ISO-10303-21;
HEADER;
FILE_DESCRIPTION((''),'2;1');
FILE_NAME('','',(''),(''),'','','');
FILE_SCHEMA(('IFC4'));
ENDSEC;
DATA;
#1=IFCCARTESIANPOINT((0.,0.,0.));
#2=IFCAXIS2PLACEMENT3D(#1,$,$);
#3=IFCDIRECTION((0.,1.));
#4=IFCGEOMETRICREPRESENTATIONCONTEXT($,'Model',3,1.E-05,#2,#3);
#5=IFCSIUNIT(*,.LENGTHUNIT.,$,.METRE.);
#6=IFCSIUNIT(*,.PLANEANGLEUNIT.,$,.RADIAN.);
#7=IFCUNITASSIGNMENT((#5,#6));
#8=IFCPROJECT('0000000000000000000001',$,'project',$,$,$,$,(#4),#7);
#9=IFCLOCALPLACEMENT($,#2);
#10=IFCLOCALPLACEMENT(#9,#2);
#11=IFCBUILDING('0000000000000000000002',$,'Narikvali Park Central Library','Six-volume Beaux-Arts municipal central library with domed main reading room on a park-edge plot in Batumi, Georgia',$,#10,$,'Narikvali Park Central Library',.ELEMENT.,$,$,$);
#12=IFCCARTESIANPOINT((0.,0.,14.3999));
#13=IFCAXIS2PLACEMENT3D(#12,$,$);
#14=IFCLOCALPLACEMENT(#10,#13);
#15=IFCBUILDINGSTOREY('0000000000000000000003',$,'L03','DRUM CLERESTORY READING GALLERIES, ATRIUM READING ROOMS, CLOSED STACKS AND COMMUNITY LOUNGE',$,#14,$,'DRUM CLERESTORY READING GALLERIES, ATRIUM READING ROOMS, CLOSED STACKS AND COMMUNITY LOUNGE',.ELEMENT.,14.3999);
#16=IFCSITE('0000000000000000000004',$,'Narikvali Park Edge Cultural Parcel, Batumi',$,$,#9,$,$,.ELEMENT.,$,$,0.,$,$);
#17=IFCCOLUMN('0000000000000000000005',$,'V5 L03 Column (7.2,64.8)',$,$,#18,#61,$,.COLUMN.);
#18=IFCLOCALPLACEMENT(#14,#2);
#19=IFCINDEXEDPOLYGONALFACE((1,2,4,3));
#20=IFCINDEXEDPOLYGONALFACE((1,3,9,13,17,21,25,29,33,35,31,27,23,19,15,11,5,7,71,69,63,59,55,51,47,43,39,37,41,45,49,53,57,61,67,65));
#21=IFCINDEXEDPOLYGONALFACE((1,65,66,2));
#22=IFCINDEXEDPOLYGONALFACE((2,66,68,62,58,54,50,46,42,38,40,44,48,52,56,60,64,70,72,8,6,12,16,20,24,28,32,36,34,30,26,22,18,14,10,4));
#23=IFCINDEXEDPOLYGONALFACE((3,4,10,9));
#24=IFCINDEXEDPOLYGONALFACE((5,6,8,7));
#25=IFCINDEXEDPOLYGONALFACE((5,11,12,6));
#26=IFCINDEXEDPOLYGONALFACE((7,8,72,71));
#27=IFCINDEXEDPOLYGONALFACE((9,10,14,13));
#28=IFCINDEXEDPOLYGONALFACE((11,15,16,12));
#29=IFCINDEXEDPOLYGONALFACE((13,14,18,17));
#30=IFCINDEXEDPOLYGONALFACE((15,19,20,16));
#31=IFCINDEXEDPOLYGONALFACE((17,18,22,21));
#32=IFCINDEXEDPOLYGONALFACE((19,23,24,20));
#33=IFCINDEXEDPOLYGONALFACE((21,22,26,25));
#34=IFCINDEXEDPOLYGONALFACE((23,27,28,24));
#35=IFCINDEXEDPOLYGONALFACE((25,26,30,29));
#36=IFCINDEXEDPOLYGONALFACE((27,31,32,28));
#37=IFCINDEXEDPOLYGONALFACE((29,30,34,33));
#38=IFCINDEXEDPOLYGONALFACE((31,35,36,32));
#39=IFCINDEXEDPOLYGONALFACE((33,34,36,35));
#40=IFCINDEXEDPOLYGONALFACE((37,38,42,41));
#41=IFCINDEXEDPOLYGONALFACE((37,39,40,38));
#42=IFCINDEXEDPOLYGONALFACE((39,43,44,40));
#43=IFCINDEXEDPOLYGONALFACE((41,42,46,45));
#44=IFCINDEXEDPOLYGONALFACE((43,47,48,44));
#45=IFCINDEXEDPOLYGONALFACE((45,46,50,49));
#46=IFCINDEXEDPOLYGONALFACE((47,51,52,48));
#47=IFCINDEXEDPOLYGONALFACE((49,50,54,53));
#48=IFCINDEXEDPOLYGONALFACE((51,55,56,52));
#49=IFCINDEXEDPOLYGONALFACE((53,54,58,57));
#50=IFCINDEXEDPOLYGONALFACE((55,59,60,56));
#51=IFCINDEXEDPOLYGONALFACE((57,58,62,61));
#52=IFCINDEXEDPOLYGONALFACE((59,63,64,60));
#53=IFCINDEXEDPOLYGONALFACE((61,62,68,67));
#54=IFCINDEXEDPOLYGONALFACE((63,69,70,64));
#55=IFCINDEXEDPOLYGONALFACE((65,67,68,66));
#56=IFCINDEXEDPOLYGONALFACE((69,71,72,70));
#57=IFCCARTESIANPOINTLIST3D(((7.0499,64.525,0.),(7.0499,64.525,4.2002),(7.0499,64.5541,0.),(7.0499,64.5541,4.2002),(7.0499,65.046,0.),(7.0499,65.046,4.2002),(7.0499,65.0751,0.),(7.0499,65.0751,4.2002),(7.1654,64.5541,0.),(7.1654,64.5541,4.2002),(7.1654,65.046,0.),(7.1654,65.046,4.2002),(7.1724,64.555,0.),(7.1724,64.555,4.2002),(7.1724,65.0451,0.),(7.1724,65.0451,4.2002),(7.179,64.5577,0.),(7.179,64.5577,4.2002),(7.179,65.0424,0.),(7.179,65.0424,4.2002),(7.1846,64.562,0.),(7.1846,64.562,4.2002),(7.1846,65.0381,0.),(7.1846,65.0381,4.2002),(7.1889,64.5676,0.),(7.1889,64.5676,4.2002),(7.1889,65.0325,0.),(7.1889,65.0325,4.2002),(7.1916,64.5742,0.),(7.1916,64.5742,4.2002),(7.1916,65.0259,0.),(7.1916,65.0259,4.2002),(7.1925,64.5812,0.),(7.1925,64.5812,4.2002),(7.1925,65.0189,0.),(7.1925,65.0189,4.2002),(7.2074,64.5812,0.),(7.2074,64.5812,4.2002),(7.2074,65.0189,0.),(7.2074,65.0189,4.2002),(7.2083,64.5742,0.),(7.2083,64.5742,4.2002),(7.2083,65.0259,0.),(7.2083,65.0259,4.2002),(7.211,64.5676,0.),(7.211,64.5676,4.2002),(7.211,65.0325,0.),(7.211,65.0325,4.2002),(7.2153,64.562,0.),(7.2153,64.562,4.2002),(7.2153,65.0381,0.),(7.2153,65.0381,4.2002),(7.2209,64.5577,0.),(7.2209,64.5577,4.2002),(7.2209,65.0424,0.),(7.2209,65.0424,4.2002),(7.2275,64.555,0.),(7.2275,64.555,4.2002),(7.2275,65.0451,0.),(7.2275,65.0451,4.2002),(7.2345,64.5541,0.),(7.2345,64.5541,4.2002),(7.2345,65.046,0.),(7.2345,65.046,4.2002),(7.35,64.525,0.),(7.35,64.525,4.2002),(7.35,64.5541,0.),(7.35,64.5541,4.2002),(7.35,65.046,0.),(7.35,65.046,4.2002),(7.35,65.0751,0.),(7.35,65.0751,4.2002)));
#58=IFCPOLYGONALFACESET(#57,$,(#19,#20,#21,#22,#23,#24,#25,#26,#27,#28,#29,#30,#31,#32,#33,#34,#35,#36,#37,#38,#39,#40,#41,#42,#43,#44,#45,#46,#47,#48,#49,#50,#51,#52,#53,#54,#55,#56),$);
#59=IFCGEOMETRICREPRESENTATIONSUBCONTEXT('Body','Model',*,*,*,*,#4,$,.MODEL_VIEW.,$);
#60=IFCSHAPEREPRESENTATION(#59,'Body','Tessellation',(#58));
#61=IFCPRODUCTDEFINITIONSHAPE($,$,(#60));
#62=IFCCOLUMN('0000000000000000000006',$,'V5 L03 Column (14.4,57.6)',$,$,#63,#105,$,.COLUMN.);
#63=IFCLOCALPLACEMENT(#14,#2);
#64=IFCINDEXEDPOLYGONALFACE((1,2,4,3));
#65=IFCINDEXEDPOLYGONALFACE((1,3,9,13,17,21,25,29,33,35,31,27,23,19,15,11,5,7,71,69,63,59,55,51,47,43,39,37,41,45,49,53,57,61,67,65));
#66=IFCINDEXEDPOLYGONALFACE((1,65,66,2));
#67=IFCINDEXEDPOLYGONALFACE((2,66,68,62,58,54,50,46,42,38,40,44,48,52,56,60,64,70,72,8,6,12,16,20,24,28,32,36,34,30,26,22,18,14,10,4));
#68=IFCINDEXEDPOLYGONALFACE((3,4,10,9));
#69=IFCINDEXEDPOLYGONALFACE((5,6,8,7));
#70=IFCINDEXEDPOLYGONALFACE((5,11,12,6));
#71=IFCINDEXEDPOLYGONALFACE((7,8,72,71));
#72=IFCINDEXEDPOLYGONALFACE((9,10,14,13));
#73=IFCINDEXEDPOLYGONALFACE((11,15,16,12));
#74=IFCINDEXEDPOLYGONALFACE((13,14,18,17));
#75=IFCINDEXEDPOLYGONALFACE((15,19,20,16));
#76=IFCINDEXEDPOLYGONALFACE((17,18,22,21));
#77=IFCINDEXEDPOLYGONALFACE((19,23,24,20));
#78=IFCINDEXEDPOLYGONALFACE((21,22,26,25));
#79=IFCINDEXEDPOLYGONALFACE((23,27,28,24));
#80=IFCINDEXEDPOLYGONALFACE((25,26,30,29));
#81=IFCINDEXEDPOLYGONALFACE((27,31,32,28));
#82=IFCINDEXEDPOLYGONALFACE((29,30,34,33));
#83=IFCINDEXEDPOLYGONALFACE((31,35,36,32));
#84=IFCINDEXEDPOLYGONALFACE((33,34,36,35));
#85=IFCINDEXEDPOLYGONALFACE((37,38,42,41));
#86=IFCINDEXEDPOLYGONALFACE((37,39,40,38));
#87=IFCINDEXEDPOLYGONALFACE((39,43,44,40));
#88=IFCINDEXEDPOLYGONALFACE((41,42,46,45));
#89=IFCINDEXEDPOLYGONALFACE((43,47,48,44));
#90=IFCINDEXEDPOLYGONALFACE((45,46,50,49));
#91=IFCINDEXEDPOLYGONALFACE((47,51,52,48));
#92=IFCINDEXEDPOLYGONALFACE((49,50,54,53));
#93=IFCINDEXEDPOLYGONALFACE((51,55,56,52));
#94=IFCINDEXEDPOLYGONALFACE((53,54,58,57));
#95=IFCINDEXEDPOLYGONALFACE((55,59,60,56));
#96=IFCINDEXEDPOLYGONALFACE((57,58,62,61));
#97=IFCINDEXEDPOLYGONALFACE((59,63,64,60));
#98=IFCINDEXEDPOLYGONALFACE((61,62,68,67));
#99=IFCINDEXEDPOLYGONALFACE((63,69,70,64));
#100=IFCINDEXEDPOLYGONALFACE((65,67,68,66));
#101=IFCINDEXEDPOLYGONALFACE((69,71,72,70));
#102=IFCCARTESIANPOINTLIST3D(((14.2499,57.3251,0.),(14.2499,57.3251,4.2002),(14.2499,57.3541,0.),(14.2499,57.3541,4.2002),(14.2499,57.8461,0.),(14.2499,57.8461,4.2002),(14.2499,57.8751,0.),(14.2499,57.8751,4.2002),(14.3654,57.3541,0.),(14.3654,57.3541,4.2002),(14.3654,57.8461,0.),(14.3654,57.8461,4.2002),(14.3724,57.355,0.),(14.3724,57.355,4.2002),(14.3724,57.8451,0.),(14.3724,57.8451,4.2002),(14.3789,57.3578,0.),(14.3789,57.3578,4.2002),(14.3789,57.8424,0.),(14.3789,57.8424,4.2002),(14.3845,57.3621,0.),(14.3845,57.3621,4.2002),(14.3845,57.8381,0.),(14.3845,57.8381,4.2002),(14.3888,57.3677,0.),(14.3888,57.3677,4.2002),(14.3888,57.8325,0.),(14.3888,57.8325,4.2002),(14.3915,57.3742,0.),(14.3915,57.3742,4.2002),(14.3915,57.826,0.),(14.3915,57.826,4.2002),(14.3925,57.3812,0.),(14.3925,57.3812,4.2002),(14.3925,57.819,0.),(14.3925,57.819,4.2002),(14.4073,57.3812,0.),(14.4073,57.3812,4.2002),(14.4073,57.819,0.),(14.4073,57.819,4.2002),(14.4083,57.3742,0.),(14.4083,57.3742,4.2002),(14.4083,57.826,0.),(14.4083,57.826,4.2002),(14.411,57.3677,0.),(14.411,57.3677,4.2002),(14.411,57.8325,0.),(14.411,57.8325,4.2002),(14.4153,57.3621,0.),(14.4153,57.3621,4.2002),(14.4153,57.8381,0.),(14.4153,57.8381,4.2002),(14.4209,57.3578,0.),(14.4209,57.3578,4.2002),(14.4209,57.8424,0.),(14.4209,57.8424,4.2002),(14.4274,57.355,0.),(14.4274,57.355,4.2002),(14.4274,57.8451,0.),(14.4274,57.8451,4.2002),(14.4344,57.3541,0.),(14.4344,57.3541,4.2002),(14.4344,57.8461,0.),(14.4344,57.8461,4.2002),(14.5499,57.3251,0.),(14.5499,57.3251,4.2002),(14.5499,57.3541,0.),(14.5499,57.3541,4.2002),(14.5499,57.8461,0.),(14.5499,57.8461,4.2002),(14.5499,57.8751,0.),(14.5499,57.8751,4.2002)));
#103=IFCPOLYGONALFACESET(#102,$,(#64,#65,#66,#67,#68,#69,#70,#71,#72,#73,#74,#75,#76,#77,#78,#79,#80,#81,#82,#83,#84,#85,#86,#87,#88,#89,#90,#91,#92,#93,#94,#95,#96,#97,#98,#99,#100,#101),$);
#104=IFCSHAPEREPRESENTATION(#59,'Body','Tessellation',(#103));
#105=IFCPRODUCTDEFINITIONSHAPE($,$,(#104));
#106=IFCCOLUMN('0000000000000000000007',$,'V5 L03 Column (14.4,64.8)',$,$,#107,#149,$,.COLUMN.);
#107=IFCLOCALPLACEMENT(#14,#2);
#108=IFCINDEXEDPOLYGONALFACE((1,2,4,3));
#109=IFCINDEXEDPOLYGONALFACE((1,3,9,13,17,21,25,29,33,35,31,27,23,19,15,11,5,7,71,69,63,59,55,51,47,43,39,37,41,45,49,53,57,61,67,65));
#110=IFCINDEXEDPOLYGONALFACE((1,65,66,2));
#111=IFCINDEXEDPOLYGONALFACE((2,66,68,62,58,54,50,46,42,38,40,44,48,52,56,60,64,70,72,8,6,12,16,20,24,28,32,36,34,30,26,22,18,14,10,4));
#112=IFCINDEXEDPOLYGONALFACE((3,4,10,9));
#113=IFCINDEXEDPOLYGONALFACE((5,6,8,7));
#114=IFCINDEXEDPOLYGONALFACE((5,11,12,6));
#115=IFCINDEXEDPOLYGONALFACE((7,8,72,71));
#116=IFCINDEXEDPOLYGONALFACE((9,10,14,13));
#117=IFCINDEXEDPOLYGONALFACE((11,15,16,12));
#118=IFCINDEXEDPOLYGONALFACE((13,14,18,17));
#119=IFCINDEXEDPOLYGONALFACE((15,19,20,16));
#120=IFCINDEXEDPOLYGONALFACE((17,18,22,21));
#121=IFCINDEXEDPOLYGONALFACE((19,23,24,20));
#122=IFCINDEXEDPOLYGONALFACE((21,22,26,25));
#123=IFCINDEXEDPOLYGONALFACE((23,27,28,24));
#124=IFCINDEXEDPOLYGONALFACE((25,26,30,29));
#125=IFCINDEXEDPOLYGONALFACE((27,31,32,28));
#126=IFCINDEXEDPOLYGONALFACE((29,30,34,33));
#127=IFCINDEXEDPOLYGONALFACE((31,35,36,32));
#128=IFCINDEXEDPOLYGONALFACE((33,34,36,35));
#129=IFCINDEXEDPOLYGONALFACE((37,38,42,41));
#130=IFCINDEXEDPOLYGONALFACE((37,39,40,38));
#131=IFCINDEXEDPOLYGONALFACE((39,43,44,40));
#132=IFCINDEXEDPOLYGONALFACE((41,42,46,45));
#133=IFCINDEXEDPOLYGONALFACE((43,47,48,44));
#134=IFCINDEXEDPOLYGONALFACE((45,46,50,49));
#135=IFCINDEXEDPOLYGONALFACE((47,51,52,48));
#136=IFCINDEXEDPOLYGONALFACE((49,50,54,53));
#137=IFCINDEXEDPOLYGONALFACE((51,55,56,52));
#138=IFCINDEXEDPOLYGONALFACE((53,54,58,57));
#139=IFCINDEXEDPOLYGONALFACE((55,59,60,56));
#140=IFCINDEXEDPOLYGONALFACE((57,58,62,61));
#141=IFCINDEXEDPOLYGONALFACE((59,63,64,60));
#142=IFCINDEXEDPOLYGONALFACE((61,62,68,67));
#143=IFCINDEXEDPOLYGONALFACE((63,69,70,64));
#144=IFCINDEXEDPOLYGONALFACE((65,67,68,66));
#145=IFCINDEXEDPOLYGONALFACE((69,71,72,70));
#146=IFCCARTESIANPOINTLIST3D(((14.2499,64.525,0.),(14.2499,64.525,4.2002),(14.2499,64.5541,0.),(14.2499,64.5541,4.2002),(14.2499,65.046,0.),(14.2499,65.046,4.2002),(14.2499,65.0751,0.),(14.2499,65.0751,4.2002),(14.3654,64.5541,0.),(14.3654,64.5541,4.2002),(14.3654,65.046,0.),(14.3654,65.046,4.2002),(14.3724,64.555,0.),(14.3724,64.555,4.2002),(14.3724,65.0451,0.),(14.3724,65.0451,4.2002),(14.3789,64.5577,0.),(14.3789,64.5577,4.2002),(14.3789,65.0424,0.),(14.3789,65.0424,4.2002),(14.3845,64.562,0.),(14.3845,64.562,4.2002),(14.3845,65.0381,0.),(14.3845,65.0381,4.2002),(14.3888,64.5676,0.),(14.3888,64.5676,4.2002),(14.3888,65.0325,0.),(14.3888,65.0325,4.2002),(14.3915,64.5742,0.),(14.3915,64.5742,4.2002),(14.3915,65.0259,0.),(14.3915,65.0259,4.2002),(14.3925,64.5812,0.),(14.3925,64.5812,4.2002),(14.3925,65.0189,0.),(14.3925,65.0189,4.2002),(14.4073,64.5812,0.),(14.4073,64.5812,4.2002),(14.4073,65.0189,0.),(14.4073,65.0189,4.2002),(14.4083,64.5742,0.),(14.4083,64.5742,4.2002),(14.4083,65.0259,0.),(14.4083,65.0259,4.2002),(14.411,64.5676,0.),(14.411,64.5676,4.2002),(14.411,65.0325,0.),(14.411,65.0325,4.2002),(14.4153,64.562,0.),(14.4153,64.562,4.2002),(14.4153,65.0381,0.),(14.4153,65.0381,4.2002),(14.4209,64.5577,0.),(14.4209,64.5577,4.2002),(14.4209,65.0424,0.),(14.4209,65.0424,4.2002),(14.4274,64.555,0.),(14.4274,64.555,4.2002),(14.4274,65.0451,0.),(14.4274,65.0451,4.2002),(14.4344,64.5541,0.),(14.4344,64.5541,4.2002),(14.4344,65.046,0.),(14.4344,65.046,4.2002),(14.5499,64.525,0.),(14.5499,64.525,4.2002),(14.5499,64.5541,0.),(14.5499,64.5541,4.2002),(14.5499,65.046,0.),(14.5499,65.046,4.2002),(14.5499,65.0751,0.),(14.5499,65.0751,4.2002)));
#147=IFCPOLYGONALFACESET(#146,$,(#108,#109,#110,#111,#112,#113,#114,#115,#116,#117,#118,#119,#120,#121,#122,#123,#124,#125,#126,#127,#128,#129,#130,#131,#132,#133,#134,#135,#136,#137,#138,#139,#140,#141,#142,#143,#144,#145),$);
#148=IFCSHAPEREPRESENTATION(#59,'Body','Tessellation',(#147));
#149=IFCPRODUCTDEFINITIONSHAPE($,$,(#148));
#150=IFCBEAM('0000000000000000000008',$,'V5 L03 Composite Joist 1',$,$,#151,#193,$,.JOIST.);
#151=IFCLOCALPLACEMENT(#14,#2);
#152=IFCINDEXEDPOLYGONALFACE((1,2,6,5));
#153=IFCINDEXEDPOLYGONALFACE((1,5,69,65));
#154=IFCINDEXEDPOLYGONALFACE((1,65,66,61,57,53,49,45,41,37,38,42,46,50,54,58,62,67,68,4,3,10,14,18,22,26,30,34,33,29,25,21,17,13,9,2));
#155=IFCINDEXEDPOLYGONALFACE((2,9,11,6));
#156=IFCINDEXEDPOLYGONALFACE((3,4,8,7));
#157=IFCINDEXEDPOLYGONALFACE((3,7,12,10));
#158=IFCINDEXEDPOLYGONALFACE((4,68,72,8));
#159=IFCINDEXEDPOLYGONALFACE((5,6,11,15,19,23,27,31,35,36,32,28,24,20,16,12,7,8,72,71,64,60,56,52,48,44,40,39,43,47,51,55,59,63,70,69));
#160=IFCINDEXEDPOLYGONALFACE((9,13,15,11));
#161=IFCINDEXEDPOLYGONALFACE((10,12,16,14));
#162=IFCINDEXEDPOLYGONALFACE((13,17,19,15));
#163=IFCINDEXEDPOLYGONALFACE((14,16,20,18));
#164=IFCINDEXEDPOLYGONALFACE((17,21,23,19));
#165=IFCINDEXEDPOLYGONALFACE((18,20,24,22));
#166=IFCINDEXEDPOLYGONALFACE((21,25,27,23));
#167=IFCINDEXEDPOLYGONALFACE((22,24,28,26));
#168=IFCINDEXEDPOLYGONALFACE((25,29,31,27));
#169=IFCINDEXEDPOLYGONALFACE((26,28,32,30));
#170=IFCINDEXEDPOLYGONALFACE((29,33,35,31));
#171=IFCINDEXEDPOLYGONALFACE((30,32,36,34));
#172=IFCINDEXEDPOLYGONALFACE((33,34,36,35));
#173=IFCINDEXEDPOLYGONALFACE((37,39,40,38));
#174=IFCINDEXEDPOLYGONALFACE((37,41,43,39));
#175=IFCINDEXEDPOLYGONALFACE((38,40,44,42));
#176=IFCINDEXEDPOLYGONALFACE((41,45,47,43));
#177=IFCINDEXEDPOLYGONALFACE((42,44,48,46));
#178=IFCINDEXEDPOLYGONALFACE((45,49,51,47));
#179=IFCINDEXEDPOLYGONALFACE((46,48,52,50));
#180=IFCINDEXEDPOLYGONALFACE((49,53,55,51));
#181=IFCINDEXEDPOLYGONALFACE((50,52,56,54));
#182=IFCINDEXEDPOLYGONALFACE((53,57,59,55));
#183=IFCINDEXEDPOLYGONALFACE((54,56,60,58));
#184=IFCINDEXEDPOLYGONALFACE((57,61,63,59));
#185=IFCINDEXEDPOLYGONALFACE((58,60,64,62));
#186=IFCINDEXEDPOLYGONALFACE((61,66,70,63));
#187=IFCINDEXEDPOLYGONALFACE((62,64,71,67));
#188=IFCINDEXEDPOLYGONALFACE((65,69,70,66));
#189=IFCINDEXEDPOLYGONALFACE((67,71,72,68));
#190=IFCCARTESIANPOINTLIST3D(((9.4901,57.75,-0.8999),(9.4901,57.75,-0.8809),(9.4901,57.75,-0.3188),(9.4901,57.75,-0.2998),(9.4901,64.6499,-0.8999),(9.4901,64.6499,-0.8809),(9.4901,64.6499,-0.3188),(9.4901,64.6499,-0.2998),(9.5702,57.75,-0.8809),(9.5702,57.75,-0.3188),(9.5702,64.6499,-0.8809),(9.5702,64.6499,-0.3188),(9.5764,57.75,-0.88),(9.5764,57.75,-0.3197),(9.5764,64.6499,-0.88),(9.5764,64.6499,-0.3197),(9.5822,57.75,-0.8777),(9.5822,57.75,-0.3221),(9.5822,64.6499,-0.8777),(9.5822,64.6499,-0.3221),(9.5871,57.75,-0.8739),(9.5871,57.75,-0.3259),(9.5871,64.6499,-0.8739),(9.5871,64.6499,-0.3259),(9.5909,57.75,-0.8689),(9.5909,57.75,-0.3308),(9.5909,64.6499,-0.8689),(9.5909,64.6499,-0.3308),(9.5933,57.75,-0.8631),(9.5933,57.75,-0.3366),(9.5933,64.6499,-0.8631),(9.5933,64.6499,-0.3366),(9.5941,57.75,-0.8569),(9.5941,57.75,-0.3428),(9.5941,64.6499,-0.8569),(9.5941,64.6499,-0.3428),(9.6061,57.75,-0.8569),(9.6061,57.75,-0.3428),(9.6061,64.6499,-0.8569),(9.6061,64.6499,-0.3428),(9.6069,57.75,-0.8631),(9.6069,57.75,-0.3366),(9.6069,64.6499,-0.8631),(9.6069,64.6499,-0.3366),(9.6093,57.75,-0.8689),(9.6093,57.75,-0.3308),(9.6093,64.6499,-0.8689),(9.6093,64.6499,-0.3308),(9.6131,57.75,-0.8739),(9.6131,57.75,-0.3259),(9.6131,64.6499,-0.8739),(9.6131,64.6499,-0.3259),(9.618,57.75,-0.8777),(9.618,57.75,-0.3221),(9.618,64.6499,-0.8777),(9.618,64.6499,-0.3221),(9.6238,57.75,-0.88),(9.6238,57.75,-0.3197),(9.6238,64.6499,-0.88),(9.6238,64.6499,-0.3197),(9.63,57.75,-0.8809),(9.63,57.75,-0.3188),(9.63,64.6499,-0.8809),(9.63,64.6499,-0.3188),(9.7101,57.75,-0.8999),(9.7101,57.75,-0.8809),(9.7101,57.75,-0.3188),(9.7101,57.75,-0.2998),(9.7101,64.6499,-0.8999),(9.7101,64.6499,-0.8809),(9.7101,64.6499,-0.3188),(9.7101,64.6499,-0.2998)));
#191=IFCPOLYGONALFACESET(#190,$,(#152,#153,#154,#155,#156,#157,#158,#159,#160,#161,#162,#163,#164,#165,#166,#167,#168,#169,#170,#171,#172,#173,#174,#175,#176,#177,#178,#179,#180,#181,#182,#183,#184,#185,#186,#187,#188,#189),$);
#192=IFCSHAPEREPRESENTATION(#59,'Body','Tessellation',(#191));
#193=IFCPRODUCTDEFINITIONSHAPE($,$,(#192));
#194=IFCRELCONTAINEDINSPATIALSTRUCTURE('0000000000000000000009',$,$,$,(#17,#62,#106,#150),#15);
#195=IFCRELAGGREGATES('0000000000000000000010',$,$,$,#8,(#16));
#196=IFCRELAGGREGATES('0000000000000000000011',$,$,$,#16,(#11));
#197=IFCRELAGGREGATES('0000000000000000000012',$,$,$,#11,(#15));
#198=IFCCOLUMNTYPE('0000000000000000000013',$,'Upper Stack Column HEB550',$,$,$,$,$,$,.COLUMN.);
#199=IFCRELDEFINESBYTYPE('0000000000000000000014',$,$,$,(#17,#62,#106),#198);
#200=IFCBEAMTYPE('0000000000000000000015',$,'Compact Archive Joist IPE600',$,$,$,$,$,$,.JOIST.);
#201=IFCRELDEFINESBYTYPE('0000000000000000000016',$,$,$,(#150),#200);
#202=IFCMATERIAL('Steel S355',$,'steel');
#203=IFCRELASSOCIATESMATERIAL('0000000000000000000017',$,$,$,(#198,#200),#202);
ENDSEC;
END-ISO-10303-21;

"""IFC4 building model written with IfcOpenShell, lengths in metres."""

from ifc_helpers import new_model, si_unit, direction, frame, origin, origin_2d, place, context, subcontext, project, spatial, i_section, extrude, material, material_profile, profile_set, type_object, element, save


model = new_model("IFC4")

# Units and contexts
model_context = context("Model", 3, precision=1e-05, world=origin(), true_north=direction((0.0, 1.0)))
body_context = subcontext(model_context, "Body", "Model", "MODEL_VIEW")
ifc_project = project(units=[si_unit("LENGTHUNIT", "METRE"), si_unit("PLANEANGLEUNIT", "RADIAN")], contexts=[model_context])

# Site, building, storey
site_placement = place(None, origin())
site = spatial("IfcSite", under=ifc_project, at=site_placement, Name="Narikvali Park Edge Cultural Parcel, Batumi", CompositionType="ELEMENT", RefElevation=0.0)
building_placement = place(site_placement, origin())
building = spatial("IfcBuilding", under=site, at=building_placement, Name="Narikvali Park Central Library", Description="Six-volume Beaux-Arts municipal central library with domed main reading room on a park-edge plot in Batumi, Georgia", LongName="Narikvali Park Central Library", CompositionType="ELEMENT")
storey_placement = place(building_placement, frame((0.0, 0.0, 14.3999)))
storey = spatial("IfcBuildingStorey", under=building, at=storey_placement, Name="L03", Description="DRUM CLERESTORY READING GALLERIES, ATRIUM READING ROOMS, CLOSED STACKS AND COMMUNITY LOUNGE", LongName="DRUM CLERESTORY READING GALLERIES, ATRIUM READING ROOMS, CLOSED STACKS AND COMMUNITY LOUNGE", CompositionType="ELEMENT", Elevation=14.3999)

# Columns
ifc_material_1 = material(Name="Steel S355", Category="steel")
ifc_material_profile_1 = material_profile(ifc_material_1, i_section(OverallWidth=0.3, OverallDepth=0.55, WebThickness=0.0149, FlangeThickness=0.0291, FilletRadius=0.0271, at=origin_2d()), Name="HEB 550")
ifc_profile_set_1 = profile_set([ifc_material_profile_1], Name="Steel S355")
column_type = type_object("IfcColumnType", Name="Upper Stack Column HEB550", PredefinedType="COLUMN", material=ifc_profile_set_1)
for number, where, z_axis, x_axis, name in (
    (1, (7.2, 64.8, 0.0), (0.0, 0.0, 1.0), (1.0, 0.0, 0.0), "V5 L03 Column (7.2,64.8)"),
    (2, (14.3999, 57.6001, 0.0), (0.0, 0.0, 1.0), (1.0, 0.0, 0.0), "V5 L03 Column (14.4,57.6)"),
    (3, (14.3999, 64.8, 0.0), (0.0, 0.0, 1.0), (1.0, 0.0, 0.0), "V5 L03 Column (14.4,64.8)"),
):
    element("IfcColumn", number, at=place(storey_placement, frame(where, z_axis=z_axis, x_axis=x_axis)), inside=storey, type_object=column_type, Name=name, PredefinedType="COLUMN", context=body_context, shape_type="SweptSolid", body=[
        extrude(i_section(OverallWidth=0.3, OverallDepth=0.55, WebThickness=0.0149, FlangeThickness=0.0291, FilletRadius=0.0271, at=origin_2d()), origin(), (0.0, 0.0, 1.0), 4.2002),
    ])

# Beam
ifc_material_profile_2 = material_profile(ifc_material_1, i_section(OverallWidth=0.22, OverallDepth=0.6001, WebThickness=0.012, FlangeThickness=0.019, FilletRadius=0.0239, at=origin_2d()), Name="IPE 600")
ifc_profile_set_2 = profile_set([ifc_material_profile_2], Name="Steel S355")
beam_type_1 = type_object("IfcBeamType", Name="Compact Archive Joist IPE600", PredefinedType="JOIST", material=ifc_profile_set_2)
for number, where, z_axis, x_axis, name in (
    (4, (9.6001, 57.75, -0.5999), (0.0, 1.0, 0.0), (-1.0, 0.0, 0.0), "V5 L03 Composite Joist 1"),
):
    element("IfcBeam", number, at=place(storey_placement, frame(where, z_axis=z_axis, x_axis=x_axis)), inside=storey, type_object=beam_type_1, Name=name, PredefinedType="JOIST", context=body_context, shape_type="SweptSolid", body=[
        extrude(i_section(OverallWidth=0.22, OverallDepth=0.6001, WebThickness=0.012, FlangeThickness=0.019, FilletRadius=0.0239, at=origin_2d()), origin(), (0.0, 0.0, 1.0), 6.8999),
    ])

save(model, "model.ifc")
